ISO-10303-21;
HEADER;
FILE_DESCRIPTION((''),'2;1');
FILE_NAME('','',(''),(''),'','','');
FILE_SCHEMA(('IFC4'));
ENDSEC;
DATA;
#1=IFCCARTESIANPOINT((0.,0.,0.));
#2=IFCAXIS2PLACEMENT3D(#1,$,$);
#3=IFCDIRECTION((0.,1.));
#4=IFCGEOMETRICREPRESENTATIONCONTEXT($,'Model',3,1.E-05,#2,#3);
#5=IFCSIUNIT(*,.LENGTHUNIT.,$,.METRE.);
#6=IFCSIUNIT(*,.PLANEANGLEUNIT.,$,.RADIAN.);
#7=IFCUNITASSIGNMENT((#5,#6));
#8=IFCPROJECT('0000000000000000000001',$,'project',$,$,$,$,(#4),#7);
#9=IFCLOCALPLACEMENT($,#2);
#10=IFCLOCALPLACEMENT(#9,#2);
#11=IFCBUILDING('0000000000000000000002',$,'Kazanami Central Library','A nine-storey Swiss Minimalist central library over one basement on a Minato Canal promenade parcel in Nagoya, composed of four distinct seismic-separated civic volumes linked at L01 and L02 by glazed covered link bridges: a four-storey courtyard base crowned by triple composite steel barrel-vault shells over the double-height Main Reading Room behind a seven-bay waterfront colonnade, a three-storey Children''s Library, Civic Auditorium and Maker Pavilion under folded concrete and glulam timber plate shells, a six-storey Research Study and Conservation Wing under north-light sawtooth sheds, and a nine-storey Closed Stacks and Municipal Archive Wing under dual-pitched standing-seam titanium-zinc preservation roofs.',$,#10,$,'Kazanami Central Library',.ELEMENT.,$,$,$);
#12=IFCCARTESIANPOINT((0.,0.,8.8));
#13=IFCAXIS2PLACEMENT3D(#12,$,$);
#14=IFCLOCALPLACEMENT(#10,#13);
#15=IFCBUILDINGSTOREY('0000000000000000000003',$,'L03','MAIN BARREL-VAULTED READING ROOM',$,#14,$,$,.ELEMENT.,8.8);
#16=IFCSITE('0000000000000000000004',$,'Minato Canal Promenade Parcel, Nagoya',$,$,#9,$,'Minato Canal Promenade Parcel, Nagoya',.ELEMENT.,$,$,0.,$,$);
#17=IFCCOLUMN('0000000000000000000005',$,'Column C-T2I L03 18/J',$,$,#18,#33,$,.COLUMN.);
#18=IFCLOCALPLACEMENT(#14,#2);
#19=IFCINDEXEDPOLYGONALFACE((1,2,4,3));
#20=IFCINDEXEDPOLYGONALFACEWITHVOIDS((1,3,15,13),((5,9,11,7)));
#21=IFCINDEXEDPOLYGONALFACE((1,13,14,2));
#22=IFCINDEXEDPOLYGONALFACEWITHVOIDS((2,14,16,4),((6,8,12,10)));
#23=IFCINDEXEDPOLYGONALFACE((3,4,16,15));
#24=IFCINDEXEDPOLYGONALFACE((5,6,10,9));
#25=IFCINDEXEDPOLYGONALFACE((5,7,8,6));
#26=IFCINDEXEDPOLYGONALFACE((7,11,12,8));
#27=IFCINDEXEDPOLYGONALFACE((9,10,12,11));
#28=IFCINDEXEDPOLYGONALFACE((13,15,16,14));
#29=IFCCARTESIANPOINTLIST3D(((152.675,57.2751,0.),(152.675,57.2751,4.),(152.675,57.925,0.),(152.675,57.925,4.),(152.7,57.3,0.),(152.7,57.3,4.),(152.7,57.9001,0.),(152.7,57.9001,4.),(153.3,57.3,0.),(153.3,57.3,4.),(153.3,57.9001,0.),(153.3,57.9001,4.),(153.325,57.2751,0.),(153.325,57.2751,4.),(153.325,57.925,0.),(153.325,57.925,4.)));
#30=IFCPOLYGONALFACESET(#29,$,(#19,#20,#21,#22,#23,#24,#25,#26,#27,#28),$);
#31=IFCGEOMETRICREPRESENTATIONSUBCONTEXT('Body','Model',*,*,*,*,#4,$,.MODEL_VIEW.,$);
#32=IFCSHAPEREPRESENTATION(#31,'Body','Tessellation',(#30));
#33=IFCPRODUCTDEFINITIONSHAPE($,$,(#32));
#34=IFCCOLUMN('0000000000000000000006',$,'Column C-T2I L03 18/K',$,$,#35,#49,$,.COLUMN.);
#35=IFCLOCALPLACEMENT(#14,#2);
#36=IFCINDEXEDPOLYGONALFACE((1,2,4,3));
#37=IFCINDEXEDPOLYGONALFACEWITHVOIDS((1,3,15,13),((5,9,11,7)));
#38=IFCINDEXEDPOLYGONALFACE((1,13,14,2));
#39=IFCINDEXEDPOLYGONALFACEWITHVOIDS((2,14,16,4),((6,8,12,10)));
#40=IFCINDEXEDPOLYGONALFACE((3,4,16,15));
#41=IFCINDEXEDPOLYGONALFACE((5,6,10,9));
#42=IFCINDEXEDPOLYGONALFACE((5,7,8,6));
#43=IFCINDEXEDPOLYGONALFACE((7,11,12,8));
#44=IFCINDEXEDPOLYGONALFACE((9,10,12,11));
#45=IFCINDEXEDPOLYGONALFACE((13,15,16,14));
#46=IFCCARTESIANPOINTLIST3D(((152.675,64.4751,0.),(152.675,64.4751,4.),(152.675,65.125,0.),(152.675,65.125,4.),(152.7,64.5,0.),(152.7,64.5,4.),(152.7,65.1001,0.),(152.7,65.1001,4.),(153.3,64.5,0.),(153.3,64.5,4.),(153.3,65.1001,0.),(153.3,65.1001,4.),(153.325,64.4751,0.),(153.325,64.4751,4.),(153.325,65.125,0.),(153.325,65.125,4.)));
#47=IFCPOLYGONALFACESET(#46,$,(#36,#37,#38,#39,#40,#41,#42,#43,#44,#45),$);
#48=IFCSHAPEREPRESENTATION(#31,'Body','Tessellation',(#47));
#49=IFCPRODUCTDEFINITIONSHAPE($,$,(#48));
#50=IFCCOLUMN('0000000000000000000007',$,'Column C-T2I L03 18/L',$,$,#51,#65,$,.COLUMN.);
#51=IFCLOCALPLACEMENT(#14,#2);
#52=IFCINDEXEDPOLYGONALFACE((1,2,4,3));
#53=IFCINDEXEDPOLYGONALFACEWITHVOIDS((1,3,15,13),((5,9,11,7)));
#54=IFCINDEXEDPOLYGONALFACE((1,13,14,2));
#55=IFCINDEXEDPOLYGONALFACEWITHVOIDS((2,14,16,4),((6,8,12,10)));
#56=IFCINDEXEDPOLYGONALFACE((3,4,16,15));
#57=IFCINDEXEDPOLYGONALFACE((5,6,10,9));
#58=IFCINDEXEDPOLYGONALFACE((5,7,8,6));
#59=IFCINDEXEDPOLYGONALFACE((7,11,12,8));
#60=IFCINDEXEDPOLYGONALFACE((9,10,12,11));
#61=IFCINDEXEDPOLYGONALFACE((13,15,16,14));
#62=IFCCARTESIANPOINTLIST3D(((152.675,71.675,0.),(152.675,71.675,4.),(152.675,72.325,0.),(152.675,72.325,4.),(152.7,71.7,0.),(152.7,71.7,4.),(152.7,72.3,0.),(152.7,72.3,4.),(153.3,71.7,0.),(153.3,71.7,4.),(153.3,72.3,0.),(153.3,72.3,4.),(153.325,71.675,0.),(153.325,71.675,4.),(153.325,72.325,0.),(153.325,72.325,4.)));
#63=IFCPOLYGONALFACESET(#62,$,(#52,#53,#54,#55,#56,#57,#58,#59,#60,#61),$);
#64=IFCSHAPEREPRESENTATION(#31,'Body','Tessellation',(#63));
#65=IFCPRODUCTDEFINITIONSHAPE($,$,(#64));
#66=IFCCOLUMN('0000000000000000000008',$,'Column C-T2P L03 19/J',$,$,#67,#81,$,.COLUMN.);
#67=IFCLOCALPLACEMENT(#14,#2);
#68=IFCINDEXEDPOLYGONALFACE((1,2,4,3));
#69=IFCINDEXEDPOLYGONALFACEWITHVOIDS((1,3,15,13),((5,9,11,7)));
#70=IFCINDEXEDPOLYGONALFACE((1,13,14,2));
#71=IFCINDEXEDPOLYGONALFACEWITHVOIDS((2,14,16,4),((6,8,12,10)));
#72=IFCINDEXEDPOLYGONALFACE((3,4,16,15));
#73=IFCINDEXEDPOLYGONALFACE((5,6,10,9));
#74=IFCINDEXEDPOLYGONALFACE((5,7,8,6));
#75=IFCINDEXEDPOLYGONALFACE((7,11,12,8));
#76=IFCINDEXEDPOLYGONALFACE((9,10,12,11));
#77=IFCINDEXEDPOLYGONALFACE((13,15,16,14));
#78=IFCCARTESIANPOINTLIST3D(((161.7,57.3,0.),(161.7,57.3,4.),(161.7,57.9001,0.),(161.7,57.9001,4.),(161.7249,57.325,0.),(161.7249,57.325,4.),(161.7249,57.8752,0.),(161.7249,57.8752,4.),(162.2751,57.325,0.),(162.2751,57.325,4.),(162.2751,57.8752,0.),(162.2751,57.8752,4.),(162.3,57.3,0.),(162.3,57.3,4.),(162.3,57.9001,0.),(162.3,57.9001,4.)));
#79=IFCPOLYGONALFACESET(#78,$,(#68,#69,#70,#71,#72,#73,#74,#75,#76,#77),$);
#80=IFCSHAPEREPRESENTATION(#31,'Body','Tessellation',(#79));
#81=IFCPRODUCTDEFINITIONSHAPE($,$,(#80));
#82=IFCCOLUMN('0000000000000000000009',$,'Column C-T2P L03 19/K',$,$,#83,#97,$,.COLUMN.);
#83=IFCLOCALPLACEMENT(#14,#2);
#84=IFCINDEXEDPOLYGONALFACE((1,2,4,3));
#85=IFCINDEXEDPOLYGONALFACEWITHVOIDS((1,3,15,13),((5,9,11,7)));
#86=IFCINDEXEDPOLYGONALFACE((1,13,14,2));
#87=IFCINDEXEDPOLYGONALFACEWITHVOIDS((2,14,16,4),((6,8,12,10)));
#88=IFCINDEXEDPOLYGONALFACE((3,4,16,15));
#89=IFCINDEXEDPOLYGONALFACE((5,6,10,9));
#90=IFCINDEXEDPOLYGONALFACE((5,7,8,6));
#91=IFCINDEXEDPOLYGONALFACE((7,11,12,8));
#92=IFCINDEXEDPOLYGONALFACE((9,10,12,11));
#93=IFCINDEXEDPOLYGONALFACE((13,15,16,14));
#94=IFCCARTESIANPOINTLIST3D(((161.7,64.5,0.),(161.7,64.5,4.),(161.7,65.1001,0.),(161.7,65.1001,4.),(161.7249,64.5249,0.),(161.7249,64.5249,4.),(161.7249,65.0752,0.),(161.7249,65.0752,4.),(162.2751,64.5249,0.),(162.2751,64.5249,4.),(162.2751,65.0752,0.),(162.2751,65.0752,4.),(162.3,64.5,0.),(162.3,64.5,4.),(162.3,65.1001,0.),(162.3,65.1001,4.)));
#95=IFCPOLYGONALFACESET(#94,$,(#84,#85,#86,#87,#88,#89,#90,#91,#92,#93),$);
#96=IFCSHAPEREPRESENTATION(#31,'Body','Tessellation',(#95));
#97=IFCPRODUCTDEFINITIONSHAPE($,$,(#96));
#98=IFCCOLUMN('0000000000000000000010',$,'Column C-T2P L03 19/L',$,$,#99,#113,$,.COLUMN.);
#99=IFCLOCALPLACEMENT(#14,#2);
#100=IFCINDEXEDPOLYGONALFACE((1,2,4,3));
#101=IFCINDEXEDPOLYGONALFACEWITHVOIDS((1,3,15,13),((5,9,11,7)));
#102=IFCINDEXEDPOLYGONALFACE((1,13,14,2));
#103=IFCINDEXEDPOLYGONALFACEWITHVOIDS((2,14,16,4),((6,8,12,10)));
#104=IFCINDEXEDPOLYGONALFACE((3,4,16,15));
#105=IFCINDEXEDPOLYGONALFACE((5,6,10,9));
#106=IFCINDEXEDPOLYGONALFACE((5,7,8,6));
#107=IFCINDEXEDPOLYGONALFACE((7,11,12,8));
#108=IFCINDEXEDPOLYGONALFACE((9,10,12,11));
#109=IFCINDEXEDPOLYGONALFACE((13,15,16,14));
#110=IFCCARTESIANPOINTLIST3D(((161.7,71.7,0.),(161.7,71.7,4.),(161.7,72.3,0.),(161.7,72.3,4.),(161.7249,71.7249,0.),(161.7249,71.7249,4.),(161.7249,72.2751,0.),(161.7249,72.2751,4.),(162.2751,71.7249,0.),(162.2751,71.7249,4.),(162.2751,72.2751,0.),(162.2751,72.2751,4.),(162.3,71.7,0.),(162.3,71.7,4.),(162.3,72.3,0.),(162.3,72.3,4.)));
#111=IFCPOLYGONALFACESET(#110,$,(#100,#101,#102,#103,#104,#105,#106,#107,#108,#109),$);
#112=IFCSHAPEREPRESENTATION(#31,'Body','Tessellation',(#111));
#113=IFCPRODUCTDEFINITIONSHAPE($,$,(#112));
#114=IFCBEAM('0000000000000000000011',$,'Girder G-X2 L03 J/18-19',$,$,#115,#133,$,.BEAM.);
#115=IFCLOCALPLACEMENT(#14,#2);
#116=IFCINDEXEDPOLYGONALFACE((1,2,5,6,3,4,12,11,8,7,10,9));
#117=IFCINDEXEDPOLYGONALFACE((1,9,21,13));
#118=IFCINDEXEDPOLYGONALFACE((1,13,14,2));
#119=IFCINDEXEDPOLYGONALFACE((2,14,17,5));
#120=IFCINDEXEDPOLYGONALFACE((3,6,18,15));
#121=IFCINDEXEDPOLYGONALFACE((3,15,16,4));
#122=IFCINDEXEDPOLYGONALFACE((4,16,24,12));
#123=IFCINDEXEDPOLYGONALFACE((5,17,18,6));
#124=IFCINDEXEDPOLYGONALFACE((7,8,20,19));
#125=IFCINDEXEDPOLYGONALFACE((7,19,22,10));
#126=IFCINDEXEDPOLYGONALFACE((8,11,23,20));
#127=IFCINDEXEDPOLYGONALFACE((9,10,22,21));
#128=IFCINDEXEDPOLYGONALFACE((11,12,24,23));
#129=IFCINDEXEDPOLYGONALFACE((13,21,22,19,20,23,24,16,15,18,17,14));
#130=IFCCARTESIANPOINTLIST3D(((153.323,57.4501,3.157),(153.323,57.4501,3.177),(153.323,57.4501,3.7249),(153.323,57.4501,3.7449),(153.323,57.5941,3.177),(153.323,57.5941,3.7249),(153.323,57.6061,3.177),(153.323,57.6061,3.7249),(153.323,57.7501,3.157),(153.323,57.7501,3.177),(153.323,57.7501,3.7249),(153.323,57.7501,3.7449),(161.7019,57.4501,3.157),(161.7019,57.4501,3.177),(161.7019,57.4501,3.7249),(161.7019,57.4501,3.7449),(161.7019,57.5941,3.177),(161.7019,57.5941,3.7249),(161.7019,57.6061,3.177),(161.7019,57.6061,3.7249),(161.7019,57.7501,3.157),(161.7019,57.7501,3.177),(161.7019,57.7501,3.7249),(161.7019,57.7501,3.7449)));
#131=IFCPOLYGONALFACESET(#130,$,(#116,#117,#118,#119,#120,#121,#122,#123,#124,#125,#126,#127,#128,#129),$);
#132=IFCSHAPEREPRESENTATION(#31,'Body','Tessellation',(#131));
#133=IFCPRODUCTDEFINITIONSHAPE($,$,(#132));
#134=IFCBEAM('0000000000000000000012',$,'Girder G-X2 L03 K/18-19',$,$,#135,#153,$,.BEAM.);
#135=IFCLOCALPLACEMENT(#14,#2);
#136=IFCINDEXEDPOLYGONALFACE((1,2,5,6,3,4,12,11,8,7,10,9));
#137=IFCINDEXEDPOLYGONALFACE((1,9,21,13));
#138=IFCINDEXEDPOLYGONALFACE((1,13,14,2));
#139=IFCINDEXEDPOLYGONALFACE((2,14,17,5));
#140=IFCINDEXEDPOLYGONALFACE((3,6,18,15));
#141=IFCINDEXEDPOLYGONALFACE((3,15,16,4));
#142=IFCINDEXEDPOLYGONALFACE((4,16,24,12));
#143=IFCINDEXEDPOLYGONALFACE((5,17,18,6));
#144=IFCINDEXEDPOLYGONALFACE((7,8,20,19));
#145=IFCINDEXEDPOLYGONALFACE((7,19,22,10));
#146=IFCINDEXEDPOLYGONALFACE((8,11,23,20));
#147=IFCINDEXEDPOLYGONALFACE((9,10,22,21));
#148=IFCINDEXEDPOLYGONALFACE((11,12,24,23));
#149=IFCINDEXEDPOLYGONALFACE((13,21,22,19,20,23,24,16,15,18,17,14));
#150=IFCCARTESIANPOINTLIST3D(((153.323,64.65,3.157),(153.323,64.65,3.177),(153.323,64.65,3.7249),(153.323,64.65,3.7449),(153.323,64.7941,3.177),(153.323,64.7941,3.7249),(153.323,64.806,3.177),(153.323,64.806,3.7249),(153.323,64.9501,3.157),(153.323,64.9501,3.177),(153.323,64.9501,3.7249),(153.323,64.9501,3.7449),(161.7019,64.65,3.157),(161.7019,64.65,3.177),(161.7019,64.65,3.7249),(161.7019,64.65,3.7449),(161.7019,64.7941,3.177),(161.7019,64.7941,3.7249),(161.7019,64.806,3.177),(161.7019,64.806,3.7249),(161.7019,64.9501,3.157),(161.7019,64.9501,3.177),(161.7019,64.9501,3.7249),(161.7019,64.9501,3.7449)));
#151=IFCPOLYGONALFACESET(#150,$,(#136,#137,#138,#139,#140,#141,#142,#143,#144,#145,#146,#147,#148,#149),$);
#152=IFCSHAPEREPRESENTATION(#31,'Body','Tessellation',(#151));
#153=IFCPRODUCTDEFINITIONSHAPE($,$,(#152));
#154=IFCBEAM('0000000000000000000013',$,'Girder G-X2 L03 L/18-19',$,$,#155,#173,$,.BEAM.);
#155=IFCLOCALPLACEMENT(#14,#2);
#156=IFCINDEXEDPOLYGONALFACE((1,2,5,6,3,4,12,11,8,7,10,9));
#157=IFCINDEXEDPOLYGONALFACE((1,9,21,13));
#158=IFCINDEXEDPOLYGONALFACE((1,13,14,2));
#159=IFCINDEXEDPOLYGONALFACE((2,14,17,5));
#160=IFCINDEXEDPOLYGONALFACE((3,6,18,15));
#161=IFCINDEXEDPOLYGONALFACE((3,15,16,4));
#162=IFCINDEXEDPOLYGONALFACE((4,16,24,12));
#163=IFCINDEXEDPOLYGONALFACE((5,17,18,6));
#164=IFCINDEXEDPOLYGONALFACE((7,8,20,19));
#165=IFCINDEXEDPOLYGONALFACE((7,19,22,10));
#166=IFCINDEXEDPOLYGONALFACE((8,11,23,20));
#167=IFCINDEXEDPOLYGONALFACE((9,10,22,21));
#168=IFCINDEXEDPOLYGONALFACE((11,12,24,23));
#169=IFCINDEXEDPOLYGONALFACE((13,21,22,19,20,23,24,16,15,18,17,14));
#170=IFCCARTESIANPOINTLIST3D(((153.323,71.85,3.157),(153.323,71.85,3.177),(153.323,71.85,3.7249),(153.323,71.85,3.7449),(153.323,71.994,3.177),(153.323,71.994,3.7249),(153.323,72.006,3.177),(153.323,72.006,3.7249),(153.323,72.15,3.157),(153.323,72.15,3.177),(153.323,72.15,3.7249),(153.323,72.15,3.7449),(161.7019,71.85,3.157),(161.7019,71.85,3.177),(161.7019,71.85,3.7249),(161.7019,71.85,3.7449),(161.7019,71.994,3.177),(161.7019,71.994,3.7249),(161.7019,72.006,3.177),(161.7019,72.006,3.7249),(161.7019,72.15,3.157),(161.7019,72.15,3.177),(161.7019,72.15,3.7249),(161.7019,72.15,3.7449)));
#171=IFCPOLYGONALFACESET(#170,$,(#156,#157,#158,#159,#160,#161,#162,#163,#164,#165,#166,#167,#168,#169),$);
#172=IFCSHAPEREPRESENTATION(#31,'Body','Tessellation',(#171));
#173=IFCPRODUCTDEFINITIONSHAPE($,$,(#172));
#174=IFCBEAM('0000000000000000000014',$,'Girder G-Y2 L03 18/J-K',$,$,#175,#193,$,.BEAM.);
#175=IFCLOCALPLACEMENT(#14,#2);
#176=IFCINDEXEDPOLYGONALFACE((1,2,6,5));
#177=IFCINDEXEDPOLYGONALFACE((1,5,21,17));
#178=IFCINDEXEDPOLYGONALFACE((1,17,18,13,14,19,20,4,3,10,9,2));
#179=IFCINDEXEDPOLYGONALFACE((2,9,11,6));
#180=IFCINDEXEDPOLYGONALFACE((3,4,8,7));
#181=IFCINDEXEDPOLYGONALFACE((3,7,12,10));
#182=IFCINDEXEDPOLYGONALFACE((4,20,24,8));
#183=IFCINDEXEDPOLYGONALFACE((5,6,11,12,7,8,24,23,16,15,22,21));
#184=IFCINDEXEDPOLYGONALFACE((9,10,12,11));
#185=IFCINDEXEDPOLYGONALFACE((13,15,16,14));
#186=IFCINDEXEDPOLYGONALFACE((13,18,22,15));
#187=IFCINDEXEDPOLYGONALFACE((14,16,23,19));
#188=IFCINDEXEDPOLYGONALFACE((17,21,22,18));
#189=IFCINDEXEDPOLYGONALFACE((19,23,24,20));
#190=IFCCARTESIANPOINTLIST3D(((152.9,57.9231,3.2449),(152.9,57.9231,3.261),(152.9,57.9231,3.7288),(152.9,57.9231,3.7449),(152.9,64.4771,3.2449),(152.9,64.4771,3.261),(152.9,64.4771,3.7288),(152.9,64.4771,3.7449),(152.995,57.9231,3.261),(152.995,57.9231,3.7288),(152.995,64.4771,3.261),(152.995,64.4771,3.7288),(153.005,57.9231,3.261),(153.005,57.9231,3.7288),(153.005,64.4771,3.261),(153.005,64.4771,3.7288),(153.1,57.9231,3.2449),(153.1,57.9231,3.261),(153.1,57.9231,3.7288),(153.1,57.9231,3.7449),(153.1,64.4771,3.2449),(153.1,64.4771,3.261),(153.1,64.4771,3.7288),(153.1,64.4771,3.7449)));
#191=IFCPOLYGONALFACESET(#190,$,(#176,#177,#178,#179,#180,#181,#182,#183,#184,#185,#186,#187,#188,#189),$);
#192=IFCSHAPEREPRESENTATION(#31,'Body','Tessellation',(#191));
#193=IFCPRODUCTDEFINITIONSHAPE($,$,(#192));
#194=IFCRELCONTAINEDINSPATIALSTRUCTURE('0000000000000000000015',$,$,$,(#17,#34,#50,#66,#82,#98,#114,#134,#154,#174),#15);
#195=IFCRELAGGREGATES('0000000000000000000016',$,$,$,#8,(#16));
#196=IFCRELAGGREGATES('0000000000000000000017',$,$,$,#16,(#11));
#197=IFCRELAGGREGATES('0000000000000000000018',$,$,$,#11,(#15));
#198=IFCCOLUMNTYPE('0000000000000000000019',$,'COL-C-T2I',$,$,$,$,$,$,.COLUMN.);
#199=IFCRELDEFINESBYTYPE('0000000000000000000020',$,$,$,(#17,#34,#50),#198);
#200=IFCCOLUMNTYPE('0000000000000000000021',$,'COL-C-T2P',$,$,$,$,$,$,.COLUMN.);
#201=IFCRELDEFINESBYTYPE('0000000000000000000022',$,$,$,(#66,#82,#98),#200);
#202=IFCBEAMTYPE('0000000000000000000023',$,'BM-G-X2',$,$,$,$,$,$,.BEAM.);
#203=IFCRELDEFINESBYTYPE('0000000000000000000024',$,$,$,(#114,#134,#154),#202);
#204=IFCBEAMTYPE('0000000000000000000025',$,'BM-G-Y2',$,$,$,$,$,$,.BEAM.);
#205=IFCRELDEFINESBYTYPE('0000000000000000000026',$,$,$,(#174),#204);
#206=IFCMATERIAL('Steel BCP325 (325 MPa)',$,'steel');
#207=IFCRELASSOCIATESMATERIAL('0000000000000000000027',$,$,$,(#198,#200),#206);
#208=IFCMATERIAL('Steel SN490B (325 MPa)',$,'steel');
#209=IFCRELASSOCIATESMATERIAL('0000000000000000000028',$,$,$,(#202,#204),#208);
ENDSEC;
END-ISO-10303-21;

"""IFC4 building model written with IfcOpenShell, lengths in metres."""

from ifc_helpers import new_model, si_unit, direction, frame, origin, origin_2d, place, context, subcontext, project, spatial, hollow_rectangle, i_section, extrude, material, material_profile, profile_set, type_object, element, save


model = new_model("IFC4")

# Units and contexts
model_context = context("Model", 3, precision=1e-05, world=origin(), true_north=direction((0.0, 1.0)))
body_context = subcontext(model_context, "Body", "Model", "MODEL_VIEW")
ifc_project = project(units=[si_unit("LENGTHUNIT", "METRE"), si_unit("PLANEANGLEUNIT", "RADIAN")], contexts=[model_context])

# Site, building, storey
site_placement = place(None, origin())
site = spatial("IfcSite", under=ifc_project, at=site_placement, Name="Minato Canal Promenade Parcel, Nagoya", LongName="Minato Canal Promenade Parcel, Nagoya", CompositionType="ELEMENT", RefElevation=0.0)
building_placement = place(site_placement, origin())
building = spatial("IfcBuilding", under=site, at=building_placement, Name="Kazanami Central Library", Description="A nine-storey Swiss Minimalist central library over one basement on a Minato Canal promenade parcel in Nagoya, composed of four distinct seismic-separated civic volumes linked at L01 and L02 by glazed covered link bridges: a four-storey courtyard base crowned by triple composite steel barrel-vault shells over the double-height Main Reading Room behind a seven-bay waterfront colonnade, a three-storey Children's Library, Civic Auditorium and Maker Pavilion under folded concrete and glulam timber plate shells, a six-storey Research Study and Conservation Wing under north-light sawtooth sheds, and a nine-storey Closed Stacks and Municipal Archive Wing under dual-pitched standing-seam titanium-zinc preservation roofs.", LongName="Kazanami Central Library", CompositionType="ELEMENT")
storey_placement = place(building_placement, frame((0.0, 0.0, 8.8)))
storey = spatial("IfcBuildingStorey", under=building, at=storey_placement, Name="L03", Description="MAIN BARREL-VAULTED READING ROOM", CompositionType="ELEMENT", Elevation=8.8)

# Columns
ifc_material_1 = material(Name="Steel BCP325 (325 MPa)", Category="steel")
ifc_material_profile_1 = material_profile(ifc_material_1, hollow_rectangle(XDim=0.6499, YDim=0.6499, WallThickness=0.0249, at=origin_2d()), Name="BCP-650x650x25")
ifc_profile_set_1 = profile_set([ifc_material_profile_1], Name="Steel BCP325 (325 MPa)")
column_type_1 = type_object("IfcColumnType", Name="COL-C-T2I", PredefinedType="COLUMN", material=ifc_profile_set_1)
for number, where, z_axis, x_axis, name in (
    (1, (153.0, 57.6001, 0.0), (0.0, 0.0, 1.0), (1.0, 0.0, 0.0), "Column C-T2I L03 18/J"),
    (2, (153.0, 64.8, 0.0), (0.0, 0.0, 1.0), (1.0, 0.0, 0.0), "Column C-T2I L03 18/K"),
    (3, (153.0, 72.0, 0.0), (0.0, 0.0, 1.0), (1.0, 0.0, 0.0), "Column C-T2I L03 18/L"),
):
    element("IfcColumn", number, at=place(storey_placement, frame(where, z_axis=z_axis, x_axis=x_axis)), inside=storey, type_object=column_type_1, Name=name, PredefinedType="COLUMN", context=body_context, shape_type="SweptSolid", body=[
        extrude(hollow_rectangle(XDim=0.6499, YDim=0.6499, WallThickness=0.0249, at=origin_2d()), origin(), (0.0, 0.0, 1.0), 4.0),
    ])
ifc_material_profile_2 = material_profile(ifc_material_1, hollow_rectangle(XDim=0.6001, YDim=0.6001, WallThickness=0.0249, at=origin_2d()), Name="BCP-600x600x25")
ifc_profile_set_2 = profile_set([ifc_material_profile_2], Name="Steel BCP325 (325 MPa)")
column_type_2 = type_object("IfcColumnType", Name="COL-C-T2P", PredefinedType="COLUMN", material=ifc_profile_set_2)
for number, where, z_axis, x_axis, name in (
    (4, (162.0, 57.6001, 0.0), (0.0, 0.0, 1.0), (1.0, 0.0, 0.0), "Column C-T2P L03 19/J"),
    (5, (162.0, 64.8, 0.0), (0.0, 0.0, 1.0), (1.0, 0.0, 0.0), "Column C-T2P L03 19/K"),
    (6, (162.0, 72.0, 0.0), (0.0, 0.0, 1.0), (1.0, 0.0, 0.0), "Column C-T2P L03 19/L"),
):
    element("IfcColumn", number, at=place(storey_placement, frame(where, z_axis=z_axis, x_axis=x_axis)), inside=storey, type_object=column_type_2, Name=name, PredefinedType="COLUMN", context=body_context, shape_type="SweptSolid", body=[
        extrude(hollow_rectangle(XDim=0.6001, YDim=0.6001, WallThickness=0.0249, at=origin_2d()), origin(), (0.0, 0.0, 1.0), 4.0),
    ])

# Beams
ifc_material_2 = material(Name="Steel SN490B (325 MPa)", Category="steel")
ifc_material_profile_3 = material_profile(ifc_material_2, i_section(OverallWidth=0.3, OverallDepth=0.5879, WebThickness=0.012, FlangeThickness=0.02, at=origin_2d()), Name="H-588x300x12x20")
ifc_profile_set_3 = profile_set([ifc_material_profile_3], Name="Steel SN490B (325 MPa)")
beam_type_1 = type_object("IfcBeamType", Name="BM-G-X2", PredefinedType="BEAM", material=ifc_profile_set_3)
for number, where, z_axis, x_axis, name in (
    (7, (153.323, 57.6001, 3.4509), (1.0, 0.0, 0.0), (0.0, 1.0, 0.0), "Girder G-X2 L03 J/18-19"),
    (8, (153.323, 64.8, 3.4509), (1.0, 0.0, 0.0), (0.0, 1.0, 0.0), "Girder G-X2 L03 K/18-19"),
    (9, (153.323, 72.0, 3.4509), (1.0, 0.0, 0.0), (0.0, 1.0, 0.0), "Girder G-X2 L03 L/18-19"),
):
    element("IfcBeam", number, at=place(storey_placement, frame(where, z_axis=z_axis, x_axis=x_axis)), inside=storey, type_object=beam_type_1, Name=name, PredefinedType="BEAM", context=body_context, shape_type="SweptSolid", body=[
        extrude(i_section(OverallWidth=0.3, OverallDepth=0.5879, WebThickness=0.012, FlangeThickness=0.02, at=origin_2d()), origin(), (0.0, 0.0, 1.0), 8.3789),
    ])
ifc_material_profile_4 = material_profile(ifc_material_2, i_section(OverallWidth=0.2, OverallDepth=0.5, WebThickness=0.01, FlangeThickness=0.0161, at=origin_2d()), Name="H-500x200x10x16")
ifc_profile_set_4 = profile_set([ifc_material_profile_4], Name="Steel SN490B (325 MPa)")
beam_type_2 = type_object("IfcBeamType", Name="BM-G-Y2", PredefinedType="BEAM", material=ifc_profile_set_4)
for number, where, z_axis, x_axis, name in (
    (10, (153.0, 57.9231, 3.4949), (0.0, 1.0, 0.0), (-1.0, 0.0, 0.0), "Girder G-Y2 L03 18/J-K"),
):
    element("IfcBeam", number, at=place(storey_placement, frame(where, z_axis=z_axis, x_axis=x_axis)), inside=storey, type_object=beam_type_2, Name=name, PredefinedType="BEAM", context=body_context, shape_type="SweptSolid", body=[
        extrude(i_section(OverallWidth=0.2, OverallDepth=0.5, WebThickness=0.01, FlangeThickness=0.0161, at=origin_2d()), origin(), (0.0, 0.0, 1.0), 6.554),
    ])

save(model, "model.ifc")
